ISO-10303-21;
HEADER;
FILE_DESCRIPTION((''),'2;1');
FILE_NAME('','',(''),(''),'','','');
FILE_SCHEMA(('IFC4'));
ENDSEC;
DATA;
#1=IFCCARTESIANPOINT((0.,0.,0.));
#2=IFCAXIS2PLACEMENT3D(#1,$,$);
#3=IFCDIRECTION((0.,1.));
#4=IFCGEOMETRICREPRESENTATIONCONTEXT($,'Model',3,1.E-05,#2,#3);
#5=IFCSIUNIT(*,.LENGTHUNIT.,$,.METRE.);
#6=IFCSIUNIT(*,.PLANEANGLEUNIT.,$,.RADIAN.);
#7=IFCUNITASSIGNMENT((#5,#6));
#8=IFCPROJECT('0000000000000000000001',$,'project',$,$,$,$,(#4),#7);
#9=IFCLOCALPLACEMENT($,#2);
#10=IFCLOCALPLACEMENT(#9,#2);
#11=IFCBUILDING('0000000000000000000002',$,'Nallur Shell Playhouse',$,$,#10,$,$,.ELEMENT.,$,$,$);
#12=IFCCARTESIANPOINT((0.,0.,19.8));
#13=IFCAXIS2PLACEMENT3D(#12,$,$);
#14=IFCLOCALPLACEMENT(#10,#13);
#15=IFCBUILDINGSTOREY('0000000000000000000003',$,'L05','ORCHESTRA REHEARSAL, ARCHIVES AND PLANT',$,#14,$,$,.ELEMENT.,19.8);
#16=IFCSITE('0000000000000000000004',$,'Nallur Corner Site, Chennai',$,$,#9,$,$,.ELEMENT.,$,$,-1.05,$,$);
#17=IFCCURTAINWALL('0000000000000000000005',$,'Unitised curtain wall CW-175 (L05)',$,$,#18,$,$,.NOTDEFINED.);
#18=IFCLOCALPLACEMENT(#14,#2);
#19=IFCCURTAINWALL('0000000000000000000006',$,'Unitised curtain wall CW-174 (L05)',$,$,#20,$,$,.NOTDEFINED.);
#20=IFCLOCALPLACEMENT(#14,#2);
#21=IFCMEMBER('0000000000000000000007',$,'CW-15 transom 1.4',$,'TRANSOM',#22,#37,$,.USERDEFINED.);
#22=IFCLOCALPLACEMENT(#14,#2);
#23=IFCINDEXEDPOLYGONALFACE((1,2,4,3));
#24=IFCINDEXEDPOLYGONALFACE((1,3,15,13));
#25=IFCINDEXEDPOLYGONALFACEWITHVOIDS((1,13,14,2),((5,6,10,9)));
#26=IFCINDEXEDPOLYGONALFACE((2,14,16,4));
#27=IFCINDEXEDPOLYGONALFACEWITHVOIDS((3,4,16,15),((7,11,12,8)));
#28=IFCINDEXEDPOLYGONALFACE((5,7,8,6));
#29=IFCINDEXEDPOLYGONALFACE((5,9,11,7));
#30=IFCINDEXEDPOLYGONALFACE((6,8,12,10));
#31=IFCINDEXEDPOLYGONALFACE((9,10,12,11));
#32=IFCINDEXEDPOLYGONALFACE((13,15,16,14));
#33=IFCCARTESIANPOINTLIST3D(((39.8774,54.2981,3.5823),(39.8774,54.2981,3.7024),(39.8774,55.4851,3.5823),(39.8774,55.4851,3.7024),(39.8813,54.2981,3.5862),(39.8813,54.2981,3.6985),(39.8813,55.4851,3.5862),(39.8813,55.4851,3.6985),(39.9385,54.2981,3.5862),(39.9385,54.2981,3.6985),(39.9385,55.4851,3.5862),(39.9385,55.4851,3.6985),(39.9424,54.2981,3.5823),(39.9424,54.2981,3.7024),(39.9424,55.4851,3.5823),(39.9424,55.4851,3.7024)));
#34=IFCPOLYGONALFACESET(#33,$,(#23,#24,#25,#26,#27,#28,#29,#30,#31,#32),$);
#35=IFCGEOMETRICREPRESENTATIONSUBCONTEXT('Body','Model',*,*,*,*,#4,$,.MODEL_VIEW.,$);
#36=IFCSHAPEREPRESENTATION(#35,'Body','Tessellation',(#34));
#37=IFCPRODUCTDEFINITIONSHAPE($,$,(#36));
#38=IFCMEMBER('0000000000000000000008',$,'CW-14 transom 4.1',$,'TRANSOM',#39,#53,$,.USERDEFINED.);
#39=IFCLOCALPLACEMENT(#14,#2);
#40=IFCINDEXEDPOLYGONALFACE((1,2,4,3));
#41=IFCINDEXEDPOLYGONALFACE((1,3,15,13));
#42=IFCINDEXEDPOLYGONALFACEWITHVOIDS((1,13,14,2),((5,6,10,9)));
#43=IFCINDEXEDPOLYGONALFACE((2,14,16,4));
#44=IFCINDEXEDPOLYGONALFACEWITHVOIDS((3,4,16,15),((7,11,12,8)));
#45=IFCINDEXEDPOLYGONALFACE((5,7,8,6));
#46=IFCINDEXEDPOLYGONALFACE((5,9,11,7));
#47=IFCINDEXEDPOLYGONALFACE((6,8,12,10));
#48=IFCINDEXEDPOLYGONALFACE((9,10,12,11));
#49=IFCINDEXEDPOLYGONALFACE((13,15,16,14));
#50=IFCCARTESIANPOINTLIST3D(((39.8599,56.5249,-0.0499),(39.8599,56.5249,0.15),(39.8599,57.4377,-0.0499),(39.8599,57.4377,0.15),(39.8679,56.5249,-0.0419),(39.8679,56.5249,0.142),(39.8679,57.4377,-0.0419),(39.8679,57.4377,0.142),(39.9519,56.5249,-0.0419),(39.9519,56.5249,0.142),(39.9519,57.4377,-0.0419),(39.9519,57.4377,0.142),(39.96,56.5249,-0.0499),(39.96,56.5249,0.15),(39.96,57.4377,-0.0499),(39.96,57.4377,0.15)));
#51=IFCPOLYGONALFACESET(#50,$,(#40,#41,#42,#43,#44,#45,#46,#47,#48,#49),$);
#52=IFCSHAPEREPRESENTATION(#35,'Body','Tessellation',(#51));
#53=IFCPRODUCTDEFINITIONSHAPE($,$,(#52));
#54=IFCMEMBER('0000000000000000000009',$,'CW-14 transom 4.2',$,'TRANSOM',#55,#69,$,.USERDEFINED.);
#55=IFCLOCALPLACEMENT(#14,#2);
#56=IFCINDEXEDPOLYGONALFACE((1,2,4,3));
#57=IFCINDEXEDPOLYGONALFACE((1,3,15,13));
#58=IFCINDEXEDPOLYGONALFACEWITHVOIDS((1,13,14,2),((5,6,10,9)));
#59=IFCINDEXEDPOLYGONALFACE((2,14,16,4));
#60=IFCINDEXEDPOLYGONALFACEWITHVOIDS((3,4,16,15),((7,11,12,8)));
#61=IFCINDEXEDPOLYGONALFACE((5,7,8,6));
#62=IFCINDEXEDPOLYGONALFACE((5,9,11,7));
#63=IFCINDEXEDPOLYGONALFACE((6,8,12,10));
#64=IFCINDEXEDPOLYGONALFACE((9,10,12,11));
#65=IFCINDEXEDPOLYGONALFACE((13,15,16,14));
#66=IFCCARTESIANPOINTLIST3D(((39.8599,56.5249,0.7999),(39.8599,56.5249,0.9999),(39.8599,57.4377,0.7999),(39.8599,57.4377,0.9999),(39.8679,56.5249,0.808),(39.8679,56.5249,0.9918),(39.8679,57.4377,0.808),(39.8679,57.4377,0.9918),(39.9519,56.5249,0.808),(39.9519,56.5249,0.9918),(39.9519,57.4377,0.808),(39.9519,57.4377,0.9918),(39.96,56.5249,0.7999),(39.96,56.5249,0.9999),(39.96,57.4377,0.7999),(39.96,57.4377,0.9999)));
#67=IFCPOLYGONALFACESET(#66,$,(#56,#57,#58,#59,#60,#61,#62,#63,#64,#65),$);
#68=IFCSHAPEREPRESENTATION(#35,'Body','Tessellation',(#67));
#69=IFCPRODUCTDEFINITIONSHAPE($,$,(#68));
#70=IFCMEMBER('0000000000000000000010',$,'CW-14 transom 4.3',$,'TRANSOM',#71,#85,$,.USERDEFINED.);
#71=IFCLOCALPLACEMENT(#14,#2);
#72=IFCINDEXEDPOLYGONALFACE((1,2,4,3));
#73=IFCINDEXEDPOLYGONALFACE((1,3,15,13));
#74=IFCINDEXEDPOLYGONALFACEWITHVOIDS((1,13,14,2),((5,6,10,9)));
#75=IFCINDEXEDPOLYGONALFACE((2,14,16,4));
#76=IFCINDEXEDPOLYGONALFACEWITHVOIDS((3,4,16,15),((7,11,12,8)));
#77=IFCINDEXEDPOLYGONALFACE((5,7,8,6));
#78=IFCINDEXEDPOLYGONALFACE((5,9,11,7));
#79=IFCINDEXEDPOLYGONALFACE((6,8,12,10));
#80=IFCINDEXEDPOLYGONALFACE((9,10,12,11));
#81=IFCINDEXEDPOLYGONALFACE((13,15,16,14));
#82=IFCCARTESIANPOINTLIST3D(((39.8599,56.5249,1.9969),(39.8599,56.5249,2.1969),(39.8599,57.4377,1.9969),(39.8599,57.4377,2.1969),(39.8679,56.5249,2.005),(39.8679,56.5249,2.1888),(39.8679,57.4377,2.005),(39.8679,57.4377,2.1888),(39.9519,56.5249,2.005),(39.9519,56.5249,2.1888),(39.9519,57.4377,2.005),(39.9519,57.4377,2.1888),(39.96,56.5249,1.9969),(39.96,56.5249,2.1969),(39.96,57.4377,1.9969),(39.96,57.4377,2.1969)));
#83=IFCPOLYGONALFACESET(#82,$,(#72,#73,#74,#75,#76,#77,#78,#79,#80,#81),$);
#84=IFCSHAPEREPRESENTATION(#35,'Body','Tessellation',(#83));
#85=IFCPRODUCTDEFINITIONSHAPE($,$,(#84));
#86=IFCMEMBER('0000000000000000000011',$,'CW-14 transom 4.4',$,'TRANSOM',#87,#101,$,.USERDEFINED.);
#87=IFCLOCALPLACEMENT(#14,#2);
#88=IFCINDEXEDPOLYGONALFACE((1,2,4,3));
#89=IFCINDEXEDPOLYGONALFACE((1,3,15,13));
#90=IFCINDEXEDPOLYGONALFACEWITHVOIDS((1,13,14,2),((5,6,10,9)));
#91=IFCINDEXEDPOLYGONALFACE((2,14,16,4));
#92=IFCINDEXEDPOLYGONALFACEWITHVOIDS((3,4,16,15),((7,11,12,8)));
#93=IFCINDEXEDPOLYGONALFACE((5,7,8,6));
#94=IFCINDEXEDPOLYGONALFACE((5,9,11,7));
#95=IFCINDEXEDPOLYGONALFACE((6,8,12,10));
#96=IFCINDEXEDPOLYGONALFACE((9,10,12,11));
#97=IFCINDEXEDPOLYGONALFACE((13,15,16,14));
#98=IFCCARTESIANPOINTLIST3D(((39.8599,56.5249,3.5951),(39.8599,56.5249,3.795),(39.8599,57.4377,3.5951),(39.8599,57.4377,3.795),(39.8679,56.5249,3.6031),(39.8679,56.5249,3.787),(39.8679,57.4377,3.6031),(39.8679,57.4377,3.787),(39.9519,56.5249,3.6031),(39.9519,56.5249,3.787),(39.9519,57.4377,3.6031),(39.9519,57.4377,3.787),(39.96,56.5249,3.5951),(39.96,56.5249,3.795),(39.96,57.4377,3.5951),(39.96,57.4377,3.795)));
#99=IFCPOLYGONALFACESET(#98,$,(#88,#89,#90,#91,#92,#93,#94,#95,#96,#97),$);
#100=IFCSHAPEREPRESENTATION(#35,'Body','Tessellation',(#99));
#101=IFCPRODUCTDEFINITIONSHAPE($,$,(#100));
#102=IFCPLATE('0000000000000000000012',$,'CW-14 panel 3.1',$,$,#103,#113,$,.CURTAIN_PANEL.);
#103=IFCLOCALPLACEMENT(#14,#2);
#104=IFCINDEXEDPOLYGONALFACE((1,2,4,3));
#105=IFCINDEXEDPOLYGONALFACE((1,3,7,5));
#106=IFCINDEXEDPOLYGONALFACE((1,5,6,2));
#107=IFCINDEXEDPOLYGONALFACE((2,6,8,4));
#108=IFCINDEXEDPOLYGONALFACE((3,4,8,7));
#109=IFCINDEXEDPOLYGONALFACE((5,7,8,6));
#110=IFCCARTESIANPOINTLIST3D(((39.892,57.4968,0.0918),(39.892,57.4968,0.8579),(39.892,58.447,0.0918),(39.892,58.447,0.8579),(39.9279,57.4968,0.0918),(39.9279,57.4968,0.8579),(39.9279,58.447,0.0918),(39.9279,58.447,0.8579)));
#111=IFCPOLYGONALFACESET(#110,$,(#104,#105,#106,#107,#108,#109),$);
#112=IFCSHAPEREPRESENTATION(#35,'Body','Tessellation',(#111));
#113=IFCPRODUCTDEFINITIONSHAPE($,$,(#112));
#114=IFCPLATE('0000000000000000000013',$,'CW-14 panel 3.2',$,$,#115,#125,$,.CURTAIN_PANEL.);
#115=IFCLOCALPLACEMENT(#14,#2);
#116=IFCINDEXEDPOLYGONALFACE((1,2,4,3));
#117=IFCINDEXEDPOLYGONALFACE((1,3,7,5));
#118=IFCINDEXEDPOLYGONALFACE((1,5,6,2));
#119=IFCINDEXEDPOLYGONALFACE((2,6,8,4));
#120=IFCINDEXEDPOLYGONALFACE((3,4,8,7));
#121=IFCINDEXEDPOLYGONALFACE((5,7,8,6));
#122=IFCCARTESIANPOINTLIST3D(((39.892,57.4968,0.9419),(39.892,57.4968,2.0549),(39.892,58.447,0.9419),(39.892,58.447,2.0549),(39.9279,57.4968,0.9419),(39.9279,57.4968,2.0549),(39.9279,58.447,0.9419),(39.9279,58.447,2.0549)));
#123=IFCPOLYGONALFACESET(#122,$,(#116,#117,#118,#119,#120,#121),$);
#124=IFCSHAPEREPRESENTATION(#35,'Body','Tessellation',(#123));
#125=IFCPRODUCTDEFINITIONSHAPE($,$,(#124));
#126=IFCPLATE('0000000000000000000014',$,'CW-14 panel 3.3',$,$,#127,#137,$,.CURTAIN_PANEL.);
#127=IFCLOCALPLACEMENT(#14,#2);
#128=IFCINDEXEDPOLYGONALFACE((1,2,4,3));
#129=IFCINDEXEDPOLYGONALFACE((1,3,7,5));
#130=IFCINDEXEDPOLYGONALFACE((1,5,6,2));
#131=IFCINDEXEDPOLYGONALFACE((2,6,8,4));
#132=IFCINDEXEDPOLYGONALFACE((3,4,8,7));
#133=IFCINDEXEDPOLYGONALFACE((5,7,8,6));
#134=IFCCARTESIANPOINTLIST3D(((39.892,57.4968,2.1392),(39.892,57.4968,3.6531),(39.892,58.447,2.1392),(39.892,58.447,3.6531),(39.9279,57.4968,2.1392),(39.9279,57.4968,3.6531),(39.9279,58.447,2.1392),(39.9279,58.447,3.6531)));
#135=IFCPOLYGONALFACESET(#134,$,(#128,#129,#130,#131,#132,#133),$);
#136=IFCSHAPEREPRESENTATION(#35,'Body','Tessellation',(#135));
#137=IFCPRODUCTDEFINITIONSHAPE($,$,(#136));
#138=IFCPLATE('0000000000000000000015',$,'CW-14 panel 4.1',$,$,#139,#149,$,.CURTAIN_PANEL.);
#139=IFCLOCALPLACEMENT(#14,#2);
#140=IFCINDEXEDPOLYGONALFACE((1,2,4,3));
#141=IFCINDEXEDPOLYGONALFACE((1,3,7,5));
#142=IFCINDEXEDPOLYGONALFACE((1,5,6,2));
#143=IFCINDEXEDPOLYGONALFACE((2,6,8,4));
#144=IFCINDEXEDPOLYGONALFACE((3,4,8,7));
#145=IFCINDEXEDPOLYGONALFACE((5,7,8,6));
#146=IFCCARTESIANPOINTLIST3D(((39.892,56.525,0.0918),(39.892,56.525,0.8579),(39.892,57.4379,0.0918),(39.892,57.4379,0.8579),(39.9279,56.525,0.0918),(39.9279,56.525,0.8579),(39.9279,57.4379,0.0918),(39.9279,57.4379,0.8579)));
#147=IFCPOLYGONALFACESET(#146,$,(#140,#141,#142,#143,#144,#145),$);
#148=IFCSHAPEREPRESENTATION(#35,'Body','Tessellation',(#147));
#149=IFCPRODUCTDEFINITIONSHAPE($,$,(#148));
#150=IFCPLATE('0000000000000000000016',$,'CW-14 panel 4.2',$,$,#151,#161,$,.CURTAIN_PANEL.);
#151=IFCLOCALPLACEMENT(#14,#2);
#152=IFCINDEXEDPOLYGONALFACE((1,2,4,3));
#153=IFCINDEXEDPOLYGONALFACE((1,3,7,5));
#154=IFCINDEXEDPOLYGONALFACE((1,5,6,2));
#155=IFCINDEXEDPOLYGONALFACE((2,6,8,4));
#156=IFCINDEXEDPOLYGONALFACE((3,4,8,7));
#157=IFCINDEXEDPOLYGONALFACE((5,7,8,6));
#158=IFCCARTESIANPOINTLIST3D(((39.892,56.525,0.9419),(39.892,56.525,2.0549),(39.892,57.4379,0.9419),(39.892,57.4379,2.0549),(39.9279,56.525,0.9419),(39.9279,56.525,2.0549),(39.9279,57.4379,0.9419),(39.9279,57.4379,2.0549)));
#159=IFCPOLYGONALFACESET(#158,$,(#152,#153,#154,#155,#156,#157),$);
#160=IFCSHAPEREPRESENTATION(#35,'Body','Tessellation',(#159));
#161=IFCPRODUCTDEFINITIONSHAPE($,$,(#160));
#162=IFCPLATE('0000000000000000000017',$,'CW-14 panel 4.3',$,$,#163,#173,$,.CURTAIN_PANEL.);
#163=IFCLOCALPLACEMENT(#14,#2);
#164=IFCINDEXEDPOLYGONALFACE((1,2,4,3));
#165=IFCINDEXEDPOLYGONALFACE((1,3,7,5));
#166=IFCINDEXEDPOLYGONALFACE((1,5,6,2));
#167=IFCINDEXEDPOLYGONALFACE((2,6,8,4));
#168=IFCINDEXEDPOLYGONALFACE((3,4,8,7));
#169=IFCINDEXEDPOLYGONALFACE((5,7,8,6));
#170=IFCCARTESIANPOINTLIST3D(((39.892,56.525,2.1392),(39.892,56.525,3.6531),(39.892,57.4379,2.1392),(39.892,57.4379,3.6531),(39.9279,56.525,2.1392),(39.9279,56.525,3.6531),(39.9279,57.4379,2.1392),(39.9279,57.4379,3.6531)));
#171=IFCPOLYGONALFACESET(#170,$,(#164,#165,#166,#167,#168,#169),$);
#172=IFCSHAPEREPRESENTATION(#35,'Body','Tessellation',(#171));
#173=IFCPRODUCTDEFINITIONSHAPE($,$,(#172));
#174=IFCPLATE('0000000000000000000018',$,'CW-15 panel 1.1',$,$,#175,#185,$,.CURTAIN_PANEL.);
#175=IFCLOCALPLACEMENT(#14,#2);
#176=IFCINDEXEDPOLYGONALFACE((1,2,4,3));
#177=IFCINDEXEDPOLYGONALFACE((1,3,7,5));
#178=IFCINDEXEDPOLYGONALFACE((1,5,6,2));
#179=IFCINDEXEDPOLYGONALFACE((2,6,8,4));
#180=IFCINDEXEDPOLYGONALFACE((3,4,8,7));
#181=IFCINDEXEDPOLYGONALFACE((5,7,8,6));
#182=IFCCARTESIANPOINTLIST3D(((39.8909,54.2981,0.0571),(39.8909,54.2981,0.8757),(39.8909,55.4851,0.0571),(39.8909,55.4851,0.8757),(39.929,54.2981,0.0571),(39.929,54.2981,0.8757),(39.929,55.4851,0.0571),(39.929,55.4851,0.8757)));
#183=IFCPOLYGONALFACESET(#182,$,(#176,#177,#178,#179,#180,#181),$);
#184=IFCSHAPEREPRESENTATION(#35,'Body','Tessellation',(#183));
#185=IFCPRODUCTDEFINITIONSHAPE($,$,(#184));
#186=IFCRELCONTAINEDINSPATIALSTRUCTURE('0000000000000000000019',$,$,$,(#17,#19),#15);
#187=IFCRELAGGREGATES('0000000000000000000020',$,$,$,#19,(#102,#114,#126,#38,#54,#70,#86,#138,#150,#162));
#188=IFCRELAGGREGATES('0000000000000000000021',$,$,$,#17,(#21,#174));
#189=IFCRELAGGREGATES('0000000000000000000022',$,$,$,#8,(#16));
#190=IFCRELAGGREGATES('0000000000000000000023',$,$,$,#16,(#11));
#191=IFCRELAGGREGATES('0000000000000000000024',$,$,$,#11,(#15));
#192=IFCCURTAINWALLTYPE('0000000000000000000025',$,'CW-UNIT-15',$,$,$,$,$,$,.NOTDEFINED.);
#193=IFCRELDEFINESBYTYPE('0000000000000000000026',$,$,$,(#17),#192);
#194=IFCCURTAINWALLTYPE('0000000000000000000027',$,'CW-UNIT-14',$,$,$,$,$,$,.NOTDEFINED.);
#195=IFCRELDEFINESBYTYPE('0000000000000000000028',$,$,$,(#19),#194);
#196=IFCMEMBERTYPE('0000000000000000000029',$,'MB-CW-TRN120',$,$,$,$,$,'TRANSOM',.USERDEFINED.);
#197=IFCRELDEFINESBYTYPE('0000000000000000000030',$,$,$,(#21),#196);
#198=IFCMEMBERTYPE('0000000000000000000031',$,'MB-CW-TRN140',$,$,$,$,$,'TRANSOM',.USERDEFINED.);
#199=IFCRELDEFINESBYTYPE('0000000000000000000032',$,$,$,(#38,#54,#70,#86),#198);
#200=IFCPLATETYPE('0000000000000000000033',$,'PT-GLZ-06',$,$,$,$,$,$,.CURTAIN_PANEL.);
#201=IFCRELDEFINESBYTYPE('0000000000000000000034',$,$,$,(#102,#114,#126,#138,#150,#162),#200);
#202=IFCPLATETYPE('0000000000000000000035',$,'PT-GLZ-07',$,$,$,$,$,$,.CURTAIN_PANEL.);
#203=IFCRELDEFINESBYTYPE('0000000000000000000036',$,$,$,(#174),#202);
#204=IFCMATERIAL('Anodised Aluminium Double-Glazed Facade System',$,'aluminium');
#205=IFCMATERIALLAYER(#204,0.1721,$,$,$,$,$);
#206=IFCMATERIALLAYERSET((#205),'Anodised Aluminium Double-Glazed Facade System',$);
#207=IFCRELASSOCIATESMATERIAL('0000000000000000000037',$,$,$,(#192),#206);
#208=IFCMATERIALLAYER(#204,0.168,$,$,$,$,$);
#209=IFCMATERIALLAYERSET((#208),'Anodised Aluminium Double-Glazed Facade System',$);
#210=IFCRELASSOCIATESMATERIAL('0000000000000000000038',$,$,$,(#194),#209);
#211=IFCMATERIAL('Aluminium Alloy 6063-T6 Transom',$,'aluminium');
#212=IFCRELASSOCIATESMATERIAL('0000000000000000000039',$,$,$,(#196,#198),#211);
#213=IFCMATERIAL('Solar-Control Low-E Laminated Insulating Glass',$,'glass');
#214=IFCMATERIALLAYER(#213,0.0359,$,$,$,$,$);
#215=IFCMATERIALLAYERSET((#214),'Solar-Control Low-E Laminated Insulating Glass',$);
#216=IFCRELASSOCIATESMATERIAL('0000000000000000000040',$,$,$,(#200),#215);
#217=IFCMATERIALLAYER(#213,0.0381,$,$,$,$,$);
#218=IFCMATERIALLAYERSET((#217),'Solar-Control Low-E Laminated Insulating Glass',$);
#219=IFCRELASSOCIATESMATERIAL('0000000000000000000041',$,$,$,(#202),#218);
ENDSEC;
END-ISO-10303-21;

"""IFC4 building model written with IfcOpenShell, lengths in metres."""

from ifc_helpers import new_model, si_unit, direction, frame, origin, origin_2d, place, context, subcontext, project, spatial, rectangle, hollow_rectangle, extrude, material, layer, layer_set, material_profile, profile_set, type_object, element, aggregate, save


model = new_model("IFC4")

# Units and contexts
model_context = context("Model", 3, precision=1e-05, world=origin(), true_north=direction((0.0, 1.0)))
body_context = subcontext(model_context, "Body", "Model", "MODEL_VIEW")
ifc_project = project(units=[si_unit("LENGTHUNIT", "METRE"), si_unit("PLANEANGLEUNIT", "RADIAN")], contexts=[model_context])

# Site, building, storey
site_placement = place(None, origin())
site = spatial("IfcSite", under=ifc_project, at=site_placement, Name="Nallur Corner Site, Chennai", CompositionType="ELEMENT", RefElevation=-1.05)
building_placement = place(site_placement, origin())
building = spatial("IfcBuilding", under=site, at=building_placement, Name="Nallur Shell Playhouse", CompositionType="ELEMENT")
storey_placement = place(building_placement, frame((0.0, 0.0, 19.8)))
storey = spatial("IfcBuildingStorey", under=building, at=storey_placement, Name="L05", Description="ORCHESTRA REHEARSAL, ARCHIVES AND PLANT", CompositionType="ELEMENT", Elevation=19.8)

# Curtain walls
ifc_material_1 = material(Name="Anodised Aluminium Double-Glazed Facade System", Category="aluminium")
ifc_layer_1 = layer(ifc_material_1, 0.1721)
ifc_layer_set_1 = layer_set([ifc_layer_1], Name="Anodised Aluminium Double-Glazed Facade System")
curtain_wall_type_1 = type_object("IfcCurtainWallType", Name="CW-UNIT-15", PredefinedType="NOTDEFINED", material=ifc_layer_set_1)
curtain_wall_1_placement = place(storey_placement, origin())
curtain_wall_1 = element("IfcCurtainWall", 1, at=curtain_wall_1_placement, inside=storey, type_object=curtain_wall_type_1, Name="Unitised curtain wall CW-175 (L05)", PredefinedType="NOTDEFINED")
ifc_layer_2 = layer(ifc_material_1, 0.168)
ifc_layer_set_2 = layer_set([ifc_layer_2], Name="Anodised Aluminium Double-Glazed Facade System")
curtain_wall_type_2 = type_object("IfcCurtainWallType", Name="CW-UNIT-14", PredefinedType="NOTDEFINED", material=ifc_layer_set_2)
curtain_wall_2_placement = place(storey_placement, origin())
curtain_wall_2 = element("IfcCurtainWall", 2, at=curtain_wall_2_placement, inside=storey, type_object=curtain_wall_type_2, Name="Unitised curtain wall CW-174 (L05)", PredefinedType="NOTDEFINED")

# Members
ifc_material_2 = material(Name="Aluminium Alloy 6063-T6 Transom", Category="aluminium")
ifc_material_profile_1 = material_profile(ifc_material_2, hollow_rectangle(XDim=0.0649, YDim=0.1201, WallThickness=0.0039, at=origin_2d()), Name="ALU 65x120x4")
ifc_profile_set_1 = profile_set([ifc_material_profile_1], Name="Aluminium Alloy 6063-T6 Transom")
member_type_1 = type_object("IfcMemberType", Name="MB-CW-TRN120", ElementType="TRANSOM", PredefinedType="USERDEFINED", material=ifc_profile_set_1)
member_1_placement = place(storey_placement, frame((39.9099, 55.4851, 3.6423), z_axis=(0.0, -1.0, 0.0), x_axis=(1.0, 0.0, 0.0)))
member_1 = element("IfcMember", 3, at=member_1_placement, type_object=member_type_1, Name="CW-15 transom 1.4", ObjectType="TRANSOM", PredefinedType="USERDEFINED", context=body_context, shape_type="SweptSolid", body=[
    extrude(hollow_rectangle(XDim=0.0649, YDim=0.1201, WallThickness=0.0039, at=origin_2d()), origin(), (0.0, 0.0, 1.0), 1.187),
])
ifc_material_profile_2 = material_profile(ifc_material_2, hollow_rectangle(XDim=0.1001, YDim=0.2, WallThickness=0.0081, at=origin_2d()), Name="RHS 200x100x8")
ifc_profile_set_2 = profile_set([ifc_material_profile_2], Name="Aluminium Alloy 6063-T6 Transom")
member_type_2 = type_object("IfcMemberType", Name="MB-CW-TRN140", ElementType="TRANSOM", PredefinedType="USERDEFINED", material=ifc_profile_set_2)
member_2_placement = place(storey_placement, frame((39.9099, 57.4377, 0.05), z_axis=(0.0, -1.0, 0.0), x_axis=(1.0, 0.0, 0.0)))
member_2 = element("IfcMember", 4, at=member_2_placement, type_object=member_type_2, Name="CW-14 transom 4.1", ObjectType="TRANSOM", PredefinedType="USERDEFINED", context=body_context, shape_type="SweptSolid", body=[
    extrude(hollow_rectangle(XDim=0.1001, YDim=0.2, WallThickness=0.0081, at=origin_2d()), origin(), (0.0, 0.0, 1.0), 0.9128),
])
member_3_placement = place(storey_placement, frame((39.9099, 57.4377, 0.8999), z_axis=(0.0, -1.0, 0.0), x_axis=(1.0, 0.0, 0.0)))
member_3 = element("IfcMember", 5, at=member_3_placement, type_object=member_type_2, Name="CW-14 transom 4.2", ObjectType="TRANSOM", PredefinedType="USERDEFINED", context=body_context, shape_type="SweptSolid", body=[
    extrude(hollow_rectangle(XDim=0.1001, YDim=0.2, WallThickness=0.0081, at=origin_2d()), origin(), (0.0, 0.0, 1.0), 0.9128),
])
member_4_placement = place(storey_placement, frame((39.9099, 57.4377, 2.0969), z_axis=(0.0, -1.0, 0.0), x_axis=(1.0, 0.0, 0.0)))
member_4 = element("IfcMember", 6, at=member_4_placement, type_object=member_type_2, Name="CW-14 transom 4.3", ObjectType="TRANSOM", PredefinedType="USERDEFINED", context=body_context, shape_type="SweptSolid", body=[
    extrude(hollow_rectangle(XDim=0.1001, YDim=0.2, WallThickness=0.0081, at=origin_2d()), origin(), (0.0, 0.0, 1.0), 0.9128),
])
member_5_placement = place(storey_placement, frame((39.9099, 57.4377, 3.6951), z_axis=(0.0, -1.0, 0.0), x_axis=(1.0, 0.0, 0.0)))
member_5 = element("IfcMember", 7, at=member_5_placement, type_object=member_type_2, Name="CW-14 transom 4.4", ObjectType="TRANSOM", PredefinedType="USERDEFINED", context=body_context, shape_type="SweptSolid", body=[
    extrude(hollow_rectangle(XDim=0.1001, YDim=0.2, WallThickness=0.0081, at=origin_2d()), origin(), (0.0, 0.0, 1.0), 0.9128),
])

# Plates
ifc_material_3 = material(Name="Solar-Control Low-E Laminated Insulating Glass", Category="glass")
ifc_layer_3 = layer(ifc_material_3, 0.0359)
ifc_layer_set_3 = layer_set([ifc_layer_3], Name="Solar-Control Low-E Laminated Insulating Glass")
plate_type_1 = type_object("IfcPlateType", Name="PT-GLZ-06", PredefinedType="CURTAIN_PANEL", material=ifc_layer_set_3)
plate_1_placement = place(storey_placement, frame((39.9099, 57.9719, 0.0918), z_axis=(0.0, 0.0, 1.0), x_axis=(0.0, -1.0, 0.0)))
plate_1 = element("IfcPlate", 8, at=plate_1_placement, type_object=plate_type_1, Name="CW-14 panel 3.1", PredefinedType="CURTAIN_PANEL", context=body_context, shape_type="SweptSolid", body=[
    extrude(rectangle(XDim=0.9502, YDim=0.0359, at=origin_2d()), origin(), (0.0, 0.0, 1.0), 0.7661),
])
plate_2_placement = place(storey_placement, frame((39.9099, 57.9719, 0.9419), z_axis=(0.0, 0.0, 1.0), x_axis=(0.0, -1.0, 0.0)))
plate_2 = element("IfcPlate", 9, at=plate_2_placement, type_object=plate_type_1, Name="CW-14 panel 3.2", PredefinedType="CURTAIN_PANEL", context=body_context, shape_type="SweptSolid", body=[
    extrude(rectangle(XDim=0.9502, YDim=0.0359, at=origin_2d()), origin(), (0.0, 0.0, 1.0), 1.113),
])
plate_3_placement = place(storey_placement, frame((39.9099, 57.9719, 2.1392), z_axis=(0.0, 0.0, 1.0), x_axis=(0.0, -1.0, 0.0)))
plate_3 = element("IfcPlate", 10, at=plate_3_placement, type_object=plate_type_1, Name="CW-14 panel 3.3", PredefinedType="CURTAIN_PANEL", context=body_context, shape_type="SweptSolid", body=[
    extrude(rectangle(XDim=0.9502, YDim=0.0359, at=origin_2d()), origin(), (0.0, 0.0, 1.0), 1.5139),
])
plate_4_placement = place(storey_placement, frame((39.9099, 56.9814, 0.0918), z_axis=(0.0, 0.0, 1.0), x_axis=(0.0, -1.0, 0.0)))
plate_4 = element("IfcPlate", 11, at=plate_4_placement, type_object=plate_type_1, Name="CW-14 panel 4.1", PredefinedType="CURTAIN_PANEL", context=body_context, shape_type="SweptSolid", body=[
    extrude(rectangle(XDim=0.9128, YDim=0.0359, at=origin_2d()), origin(), (0.0, 0.0, 1.0), 0.7661),
])
plate_5_placement = place(storey_placement, frame((39.9099, 56.9814, 0.9419), z_axis=(0.0, 0.0, 1.0), x_axis=(0.0, -1.0, 0.0)))
plate_5 = element("IfcPlate", 12, at=plate_5_placement, type_object=plate_type_1, Name="CW-14 panel 4.2", PredefinedType="CURTAIN_PANEL", context=body_context, shape_type="SweptSolid", body=[
    extrude(rectangle(XDim=0.9128, YDim=0.0359, at=origin_2d()), origin(), (0.0, 0.0, 1.0), 1.113),
])
plate_6_placement = place(storey_placement, frame((39.9099, 56.9814, 2.1392), z_axis=(0.0, 0.0, 1.0), x_axis=(0.0, -1.0, 0.0)))
plate_6 = element("IfcPlate", 13, at=plate_6_placement, type_object=plate_type_1, Name="CW-14 panel 4.3", PredefinedType="CURTAIN_PANEL", context=body_context, shape_type="SweptSolid", body=[
    extrude(rectangle(XDim=0.9128, YDim=0.0359, at=origin_2d()), origin(), (0.0, 0.0, 1.0), 1.5139),
])
aggregate(curtain_wall_2, [plate_1, plate_2, plate_3, member_2, member_3, member_4, member_5, plate_4, plate_5, plate_6])
ifc_layer_4 = layer(ifc_material_3, 0.0381)
ifc_layer_set_4 = layer_set([ifc_layer_4], Name="Solar-Control Low-E Laminated Insulating Glass")
plate_type_2 = type_object("IfcPlateType", Name="PT-GLZ-07", PredefinedType="CURTAIN_PANEL", material=ifc_layer_set_4)
plate_7_placement = place(storey_placement, frame((39.9099, 54.8916, 0.0571), z_axis=(0.0, 0.0, 1.0), x_axis=(0.0, -1.0, 0.0)))
plate_7 = element("IfcPlate", 14, at=plate_7_placement, type_object=plate_type_2, Name="CW-15 panel 1.1", PredefinedType="CURTAIN_PANEL", context=body_context, shape_type="SweptSolid", body=[
    extrude(rectangle(XDim=1.187, YDim=0.0381, at=origin_2d()), origin(), (0.0, 0.0, 1.0), 0.8186),
])
aggregate(curtain_wall_1, [member_1, plate_7])

save(model, "model.ifc")
